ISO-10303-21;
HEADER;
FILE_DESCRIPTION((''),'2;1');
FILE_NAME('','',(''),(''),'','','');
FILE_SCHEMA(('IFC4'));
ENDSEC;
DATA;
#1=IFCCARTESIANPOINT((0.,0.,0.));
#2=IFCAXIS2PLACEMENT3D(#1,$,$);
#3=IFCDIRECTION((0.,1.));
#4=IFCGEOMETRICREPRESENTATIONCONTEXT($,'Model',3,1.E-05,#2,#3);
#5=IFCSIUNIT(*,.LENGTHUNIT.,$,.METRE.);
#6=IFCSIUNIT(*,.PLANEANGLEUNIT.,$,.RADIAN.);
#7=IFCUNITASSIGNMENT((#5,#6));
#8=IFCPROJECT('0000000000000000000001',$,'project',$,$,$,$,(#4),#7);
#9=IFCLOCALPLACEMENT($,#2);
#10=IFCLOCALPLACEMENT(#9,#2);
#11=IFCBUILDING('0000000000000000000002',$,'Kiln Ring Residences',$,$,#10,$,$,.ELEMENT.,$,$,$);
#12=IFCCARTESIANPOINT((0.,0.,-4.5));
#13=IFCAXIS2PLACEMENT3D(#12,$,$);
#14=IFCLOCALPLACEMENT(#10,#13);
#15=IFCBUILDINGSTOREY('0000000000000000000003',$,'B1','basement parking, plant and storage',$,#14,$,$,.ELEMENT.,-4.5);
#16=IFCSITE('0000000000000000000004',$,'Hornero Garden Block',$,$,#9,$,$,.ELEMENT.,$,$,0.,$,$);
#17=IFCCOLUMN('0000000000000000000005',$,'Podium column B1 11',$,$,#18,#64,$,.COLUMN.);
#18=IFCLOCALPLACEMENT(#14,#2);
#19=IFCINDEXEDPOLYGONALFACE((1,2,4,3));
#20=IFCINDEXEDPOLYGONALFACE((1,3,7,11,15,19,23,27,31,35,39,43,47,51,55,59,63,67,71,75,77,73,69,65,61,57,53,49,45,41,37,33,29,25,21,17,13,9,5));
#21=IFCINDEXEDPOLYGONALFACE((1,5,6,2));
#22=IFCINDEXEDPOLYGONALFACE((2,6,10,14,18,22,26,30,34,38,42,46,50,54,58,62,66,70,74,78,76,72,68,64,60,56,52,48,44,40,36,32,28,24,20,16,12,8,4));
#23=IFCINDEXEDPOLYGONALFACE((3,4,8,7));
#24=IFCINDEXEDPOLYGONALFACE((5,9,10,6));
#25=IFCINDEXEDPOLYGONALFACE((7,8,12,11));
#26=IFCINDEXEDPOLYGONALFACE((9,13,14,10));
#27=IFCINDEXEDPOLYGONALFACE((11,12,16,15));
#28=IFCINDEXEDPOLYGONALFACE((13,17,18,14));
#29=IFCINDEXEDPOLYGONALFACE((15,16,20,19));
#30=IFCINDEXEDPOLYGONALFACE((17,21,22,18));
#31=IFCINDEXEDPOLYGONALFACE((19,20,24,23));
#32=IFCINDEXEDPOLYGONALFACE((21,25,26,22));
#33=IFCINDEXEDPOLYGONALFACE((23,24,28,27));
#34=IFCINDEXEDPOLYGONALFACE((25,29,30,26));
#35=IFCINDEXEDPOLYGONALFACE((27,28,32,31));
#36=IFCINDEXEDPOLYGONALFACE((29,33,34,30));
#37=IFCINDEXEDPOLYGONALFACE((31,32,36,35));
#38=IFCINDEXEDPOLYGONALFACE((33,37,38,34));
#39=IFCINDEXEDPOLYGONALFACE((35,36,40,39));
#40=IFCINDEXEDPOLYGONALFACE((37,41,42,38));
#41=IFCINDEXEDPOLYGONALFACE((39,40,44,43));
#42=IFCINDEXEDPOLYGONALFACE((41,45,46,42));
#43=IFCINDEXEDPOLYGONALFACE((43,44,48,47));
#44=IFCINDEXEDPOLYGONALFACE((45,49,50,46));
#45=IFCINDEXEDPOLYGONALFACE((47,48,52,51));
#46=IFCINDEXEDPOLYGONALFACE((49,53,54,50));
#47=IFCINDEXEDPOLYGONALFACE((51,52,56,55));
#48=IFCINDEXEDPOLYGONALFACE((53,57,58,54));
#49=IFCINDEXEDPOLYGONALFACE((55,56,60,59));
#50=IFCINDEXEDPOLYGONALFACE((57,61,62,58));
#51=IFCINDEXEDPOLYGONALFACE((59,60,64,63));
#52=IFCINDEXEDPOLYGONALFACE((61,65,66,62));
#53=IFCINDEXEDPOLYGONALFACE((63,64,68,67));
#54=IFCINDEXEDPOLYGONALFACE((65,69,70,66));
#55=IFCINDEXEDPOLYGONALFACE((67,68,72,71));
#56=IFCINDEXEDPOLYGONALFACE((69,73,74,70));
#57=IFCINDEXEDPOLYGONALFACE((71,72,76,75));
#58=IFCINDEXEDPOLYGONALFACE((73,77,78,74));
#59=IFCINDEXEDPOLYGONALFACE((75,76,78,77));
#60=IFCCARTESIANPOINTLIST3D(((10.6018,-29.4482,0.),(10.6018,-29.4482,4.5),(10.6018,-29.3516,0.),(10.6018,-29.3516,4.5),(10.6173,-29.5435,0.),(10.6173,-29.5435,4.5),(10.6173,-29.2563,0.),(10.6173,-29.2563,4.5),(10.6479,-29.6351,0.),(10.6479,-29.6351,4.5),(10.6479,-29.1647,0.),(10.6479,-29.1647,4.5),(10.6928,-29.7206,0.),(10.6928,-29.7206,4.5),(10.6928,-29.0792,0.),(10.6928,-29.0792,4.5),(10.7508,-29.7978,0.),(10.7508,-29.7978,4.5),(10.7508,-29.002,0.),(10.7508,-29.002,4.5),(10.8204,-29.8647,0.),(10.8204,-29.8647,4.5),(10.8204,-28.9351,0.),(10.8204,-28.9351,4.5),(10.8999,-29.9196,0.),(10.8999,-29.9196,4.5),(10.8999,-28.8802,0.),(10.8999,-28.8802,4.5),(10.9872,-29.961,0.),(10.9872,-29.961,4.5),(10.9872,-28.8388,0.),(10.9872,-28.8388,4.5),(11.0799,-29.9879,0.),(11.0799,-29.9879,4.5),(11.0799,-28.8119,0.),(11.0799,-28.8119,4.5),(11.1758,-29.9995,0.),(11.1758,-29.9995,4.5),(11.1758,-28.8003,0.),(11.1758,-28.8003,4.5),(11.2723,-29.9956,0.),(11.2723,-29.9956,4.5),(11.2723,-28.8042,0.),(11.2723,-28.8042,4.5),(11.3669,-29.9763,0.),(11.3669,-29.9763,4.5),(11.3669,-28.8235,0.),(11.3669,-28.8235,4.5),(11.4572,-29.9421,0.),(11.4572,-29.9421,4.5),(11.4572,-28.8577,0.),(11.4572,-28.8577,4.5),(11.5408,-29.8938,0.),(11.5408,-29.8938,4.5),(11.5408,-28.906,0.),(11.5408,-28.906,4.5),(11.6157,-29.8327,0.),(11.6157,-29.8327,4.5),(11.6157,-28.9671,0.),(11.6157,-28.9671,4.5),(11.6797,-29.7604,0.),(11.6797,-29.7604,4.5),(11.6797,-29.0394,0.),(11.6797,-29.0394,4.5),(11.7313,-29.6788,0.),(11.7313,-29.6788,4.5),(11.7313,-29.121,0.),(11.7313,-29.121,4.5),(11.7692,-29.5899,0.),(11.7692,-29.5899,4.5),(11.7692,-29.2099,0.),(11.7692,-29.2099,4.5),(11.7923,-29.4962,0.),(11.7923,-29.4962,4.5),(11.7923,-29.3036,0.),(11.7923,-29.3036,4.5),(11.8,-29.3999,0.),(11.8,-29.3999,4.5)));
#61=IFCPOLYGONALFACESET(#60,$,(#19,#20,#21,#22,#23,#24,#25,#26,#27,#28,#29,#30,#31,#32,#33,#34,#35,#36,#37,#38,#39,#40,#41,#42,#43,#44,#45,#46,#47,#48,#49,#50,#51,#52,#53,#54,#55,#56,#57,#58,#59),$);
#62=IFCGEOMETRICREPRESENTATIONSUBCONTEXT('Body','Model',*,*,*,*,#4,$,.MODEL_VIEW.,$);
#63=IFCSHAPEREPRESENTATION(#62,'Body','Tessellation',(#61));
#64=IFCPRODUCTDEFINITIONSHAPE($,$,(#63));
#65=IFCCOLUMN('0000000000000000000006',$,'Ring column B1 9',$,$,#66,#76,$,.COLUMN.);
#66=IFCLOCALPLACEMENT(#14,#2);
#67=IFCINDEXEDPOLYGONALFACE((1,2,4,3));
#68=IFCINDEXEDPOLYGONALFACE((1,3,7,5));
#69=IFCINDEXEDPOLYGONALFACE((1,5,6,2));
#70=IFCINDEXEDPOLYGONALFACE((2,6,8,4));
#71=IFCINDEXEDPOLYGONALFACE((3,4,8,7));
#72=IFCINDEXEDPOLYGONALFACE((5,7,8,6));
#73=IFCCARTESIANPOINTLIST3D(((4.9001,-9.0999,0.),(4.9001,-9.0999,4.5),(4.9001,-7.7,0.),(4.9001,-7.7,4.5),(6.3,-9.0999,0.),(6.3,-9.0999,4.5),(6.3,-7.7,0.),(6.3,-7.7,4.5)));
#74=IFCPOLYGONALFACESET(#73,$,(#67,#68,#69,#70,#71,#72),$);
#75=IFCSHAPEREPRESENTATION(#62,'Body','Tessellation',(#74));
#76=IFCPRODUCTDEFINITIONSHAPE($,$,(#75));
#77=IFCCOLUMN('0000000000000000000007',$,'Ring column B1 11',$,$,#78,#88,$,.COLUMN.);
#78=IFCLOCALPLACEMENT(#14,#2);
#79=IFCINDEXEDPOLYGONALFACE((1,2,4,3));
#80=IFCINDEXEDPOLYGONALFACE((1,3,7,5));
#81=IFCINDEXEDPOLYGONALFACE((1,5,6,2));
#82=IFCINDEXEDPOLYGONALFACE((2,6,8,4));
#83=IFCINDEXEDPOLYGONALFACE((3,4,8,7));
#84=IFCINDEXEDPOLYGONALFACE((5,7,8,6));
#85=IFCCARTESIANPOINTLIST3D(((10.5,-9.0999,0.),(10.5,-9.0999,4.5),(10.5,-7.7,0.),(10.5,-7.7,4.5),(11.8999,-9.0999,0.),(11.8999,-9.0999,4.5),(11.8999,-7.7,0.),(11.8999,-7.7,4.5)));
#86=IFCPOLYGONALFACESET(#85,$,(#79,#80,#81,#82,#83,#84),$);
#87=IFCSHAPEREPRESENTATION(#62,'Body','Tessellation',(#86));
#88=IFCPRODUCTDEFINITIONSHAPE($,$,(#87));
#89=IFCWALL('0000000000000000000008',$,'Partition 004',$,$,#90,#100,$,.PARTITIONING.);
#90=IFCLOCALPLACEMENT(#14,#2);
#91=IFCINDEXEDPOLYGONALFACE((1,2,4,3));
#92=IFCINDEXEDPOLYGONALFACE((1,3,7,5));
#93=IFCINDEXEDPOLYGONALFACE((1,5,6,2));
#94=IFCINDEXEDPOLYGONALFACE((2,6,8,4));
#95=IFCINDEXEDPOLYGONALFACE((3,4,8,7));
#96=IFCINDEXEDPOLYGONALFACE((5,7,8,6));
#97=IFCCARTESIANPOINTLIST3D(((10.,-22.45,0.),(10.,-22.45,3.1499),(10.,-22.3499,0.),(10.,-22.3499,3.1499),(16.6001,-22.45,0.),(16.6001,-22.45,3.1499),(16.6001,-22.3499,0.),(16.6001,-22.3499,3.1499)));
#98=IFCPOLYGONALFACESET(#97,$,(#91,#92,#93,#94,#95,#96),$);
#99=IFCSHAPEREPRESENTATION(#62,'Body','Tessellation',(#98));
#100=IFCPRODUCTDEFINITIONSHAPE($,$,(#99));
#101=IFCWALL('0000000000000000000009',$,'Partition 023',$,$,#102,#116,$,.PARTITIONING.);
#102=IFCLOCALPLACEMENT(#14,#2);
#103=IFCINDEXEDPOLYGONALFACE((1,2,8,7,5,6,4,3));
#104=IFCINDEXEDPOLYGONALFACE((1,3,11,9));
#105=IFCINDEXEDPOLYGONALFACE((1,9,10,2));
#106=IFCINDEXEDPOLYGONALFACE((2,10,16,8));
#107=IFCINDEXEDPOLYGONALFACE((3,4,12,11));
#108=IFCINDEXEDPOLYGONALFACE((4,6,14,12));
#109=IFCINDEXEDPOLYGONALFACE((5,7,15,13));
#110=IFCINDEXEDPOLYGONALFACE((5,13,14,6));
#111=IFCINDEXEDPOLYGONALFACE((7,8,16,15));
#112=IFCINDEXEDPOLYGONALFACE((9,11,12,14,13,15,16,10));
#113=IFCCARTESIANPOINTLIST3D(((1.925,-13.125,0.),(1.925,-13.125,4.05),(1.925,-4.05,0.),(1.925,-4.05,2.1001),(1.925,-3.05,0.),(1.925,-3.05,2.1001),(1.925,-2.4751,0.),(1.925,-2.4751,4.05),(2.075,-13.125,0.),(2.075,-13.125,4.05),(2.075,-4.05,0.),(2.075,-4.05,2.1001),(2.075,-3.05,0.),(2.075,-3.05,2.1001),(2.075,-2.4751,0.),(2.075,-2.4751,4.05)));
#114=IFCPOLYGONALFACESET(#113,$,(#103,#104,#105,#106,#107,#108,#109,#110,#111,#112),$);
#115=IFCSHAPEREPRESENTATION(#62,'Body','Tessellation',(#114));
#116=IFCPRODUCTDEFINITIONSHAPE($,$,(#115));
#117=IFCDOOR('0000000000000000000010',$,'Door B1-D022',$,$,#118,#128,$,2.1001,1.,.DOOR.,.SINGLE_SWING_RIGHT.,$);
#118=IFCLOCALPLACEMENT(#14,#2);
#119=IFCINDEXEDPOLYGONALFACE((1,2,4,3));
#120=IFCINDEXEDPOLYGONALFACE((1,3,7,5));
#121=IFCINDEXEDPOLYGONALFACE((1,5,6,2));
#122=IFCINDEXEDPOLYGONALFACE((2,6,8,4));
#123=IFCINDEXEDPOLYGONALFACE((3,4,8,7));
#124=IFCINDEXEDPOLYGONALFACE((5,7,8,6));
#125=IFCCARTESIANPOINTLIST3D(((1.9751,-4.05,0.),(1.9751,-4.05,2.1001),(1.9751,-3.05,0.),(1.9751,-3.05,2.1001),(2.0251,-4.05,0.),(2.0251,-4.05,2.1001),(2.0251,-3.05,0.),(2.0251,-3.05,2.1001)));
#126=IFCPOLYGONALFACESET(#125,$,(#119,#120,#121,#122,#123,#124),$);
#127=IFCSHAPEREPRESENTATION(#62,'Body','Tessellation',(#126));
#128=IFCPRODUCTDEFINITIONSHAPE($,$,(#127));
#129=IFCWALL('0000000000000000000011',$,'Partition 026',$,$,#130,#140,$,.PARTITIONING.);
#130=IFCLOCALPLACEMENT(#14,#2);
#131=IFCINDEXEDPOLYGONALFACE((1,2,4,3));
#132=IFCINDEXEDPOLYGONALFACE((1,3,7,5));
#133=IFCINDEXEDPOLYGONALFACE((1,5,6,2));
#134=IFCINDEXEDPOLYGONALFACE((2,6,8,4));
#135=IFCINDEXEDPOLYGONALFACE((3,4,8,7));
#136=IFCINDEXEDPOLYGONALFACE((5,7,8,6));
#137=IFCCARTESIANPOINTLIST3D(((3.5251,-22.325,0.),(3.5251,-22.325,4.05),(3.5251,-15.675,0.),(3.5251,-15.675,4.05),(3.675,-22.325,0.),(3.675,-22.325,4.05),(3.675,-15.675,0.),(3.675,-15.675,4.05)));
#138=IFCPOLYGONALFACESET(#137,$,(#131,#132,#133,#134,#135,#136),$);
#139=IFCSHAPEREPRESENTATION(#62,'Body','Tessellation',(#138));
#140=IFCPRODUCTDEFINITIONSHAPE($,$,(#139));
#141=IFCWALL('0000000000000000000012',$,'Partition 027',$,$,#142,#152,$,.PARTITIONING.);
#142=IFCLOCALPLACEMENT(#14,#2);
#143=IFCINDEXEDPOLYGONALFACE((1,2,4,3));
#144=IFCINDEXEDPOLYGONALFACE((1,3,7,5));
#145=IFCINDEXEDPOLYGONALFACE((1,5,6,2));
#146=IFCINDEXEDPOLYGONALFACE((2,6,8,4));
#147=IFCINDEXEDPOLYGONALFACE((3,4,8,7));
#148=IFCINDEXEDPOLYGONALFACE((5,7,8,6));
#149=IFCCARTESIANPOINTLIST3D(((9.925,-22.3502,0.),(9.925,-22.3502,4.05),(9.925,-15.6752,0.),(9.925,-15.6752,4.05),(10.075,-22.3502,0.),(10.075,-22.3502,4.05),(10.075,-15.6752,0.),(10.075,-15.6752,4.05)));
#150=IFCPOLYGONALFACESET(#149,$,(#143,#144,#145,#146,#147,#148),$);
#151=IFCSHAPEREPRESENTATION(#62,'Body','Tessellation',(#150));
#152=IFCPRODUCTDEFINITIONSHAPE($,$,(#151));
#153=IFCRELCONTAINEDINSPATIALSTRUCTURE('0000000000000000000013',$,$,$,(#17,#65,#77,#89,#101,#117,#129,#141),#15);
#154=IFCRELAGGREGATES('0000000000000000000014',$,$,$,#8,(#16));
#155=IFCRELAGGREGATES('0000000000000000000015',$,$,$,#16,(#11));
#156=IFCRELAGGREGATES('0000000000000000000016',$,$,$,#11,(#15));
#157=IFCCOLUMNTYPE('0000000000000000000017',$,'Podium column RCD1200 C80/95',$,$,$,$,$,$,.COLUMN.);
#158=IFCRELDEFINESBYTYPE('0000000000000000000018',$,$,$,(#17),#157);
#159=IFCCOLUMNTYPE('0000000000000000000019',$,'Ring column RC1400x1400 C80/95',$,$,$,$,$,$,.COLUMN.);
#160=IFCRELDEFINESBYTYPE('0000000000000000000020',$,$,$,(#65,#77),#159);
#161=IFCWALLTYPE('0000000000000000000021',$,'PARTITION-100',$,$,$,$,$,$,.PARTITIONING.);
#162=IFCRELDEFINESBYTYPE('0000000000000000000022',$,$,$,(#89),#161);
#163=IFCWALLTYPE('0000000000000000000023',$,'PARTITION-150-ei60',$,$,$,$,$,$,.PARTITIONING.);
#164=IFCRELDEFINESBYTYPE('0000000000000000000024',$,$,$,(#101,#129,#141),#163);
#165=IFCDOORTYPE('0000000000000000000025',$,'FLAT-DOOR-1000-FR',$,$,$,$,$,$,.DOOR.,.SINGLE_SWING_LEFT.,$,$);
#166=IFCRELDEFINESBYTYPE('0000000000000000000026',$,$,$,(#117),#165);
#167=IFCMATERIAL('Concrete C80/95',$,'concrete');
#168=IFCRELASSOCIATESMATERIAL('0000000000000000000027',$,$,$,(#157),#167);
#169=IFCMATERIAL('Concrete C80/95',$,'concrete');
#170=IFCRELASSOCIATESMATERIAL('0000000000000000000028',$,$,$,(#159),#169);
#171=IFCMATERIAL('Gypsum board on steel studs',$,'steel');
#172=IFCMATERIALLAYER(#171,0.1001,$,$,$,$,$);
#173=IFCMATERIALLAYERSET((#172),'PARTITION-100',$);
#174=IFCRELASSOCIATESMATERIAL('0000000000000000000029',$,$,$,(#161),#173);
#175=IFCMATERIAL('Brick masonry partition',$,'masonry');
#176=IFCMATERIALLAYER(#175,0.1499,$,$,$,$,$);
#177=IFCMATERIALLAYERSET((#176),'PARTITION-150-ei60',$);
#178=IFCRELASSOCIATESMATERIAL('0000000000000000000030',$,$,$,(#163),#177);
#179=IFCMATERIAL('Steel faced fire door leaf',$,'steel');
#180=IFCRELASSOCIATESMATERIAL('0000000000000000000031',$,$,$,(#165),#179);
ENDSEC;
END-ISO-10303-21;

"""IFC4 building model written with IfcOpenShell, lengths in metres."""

from ifc_helpers import new_model, si_unit, direction, frame, frame_2d, origin, origin_2d, place, context, subcontext, project, spatial, rectangle, circle, extrude, material, layer, layer_set, material_profile, profile_set, type_object, element, fill, save


model = new_model("IFC4")

# Units and contexts
model_context = context("Model", 3, precision=1e-05, world=origin(), true_north=direction((0.0, 1.0)))
body_context = subcontext(model_context, "Body", "Model", "MODEL_VIEW")
ifc_project = project(units=[si_unit("LENGTHUNIT", "METRE"), si_unit("PLANEANGLEUNIT", "RADIAN")], contexts=[model_context])

# Site, building, storey
site_placement = place(None, origin())
site = spatial("IfcSite", under=ifc_project, at=site_placement, Name="Hornero Garden Block", CompositionType="ELEMENT", RefElevation=0.0)
building_placement = place(site_placement, origin())
building = spatial("IfcBuilding", under=site, at=building_placement, Name="Kiln Ring Residences", CompositionType="ELEMENT")
storey_placement = place(building_placement, frame((0.0, 0.0, -4.5)))
storey = spatial("IfcBuildingStorey", under=building, at=storey_placement, Name="B1", Description="basement parking, plant and storage", CompositionType="ELEMENT", Elevation=-4.5)

# Columns
ifc_material_1 = material(Name="Concrete C80/95", Category="concrete")
ifc_material_profile_1 = material_profile(ifc_material_1, circle(Radius=0.6001, at=origin_2d()), Name="RCD1200")
ifc_profile_set_1 = profile_set([ifc_material_profile_1], Name="Concrete C80/95")
column_type_1 = type_object("IfcColumnType", Name="Podium column RCD1200 C80/95", PredefinedType="COLUMN", material=ifc_profile_set_1)
for number, where, z_axis, x_axis, name in (
    (1, (11.2, -29.3999, 0.0), (0.0, 0.0, 1.0), (1.0, 0.0, 0.0), "Podium column B1 11"),
):
    element("IfcColumn", number, at=place(storey_placement, frame(where, z_axis=z_axis, x_axis=x_axis)), inside=storey, type_object=column_type_1, Name=name, PredefinedType="COLUMN", context=body_context, shape_type="SweptSolid", body=[
        extrude(circle(Radius=0.6001, at=origin_2d()), origin(), (0.0, 0.0, 1.0), 4.5),
    ])
ifc_material_2 = material(Name="Concrete C80/95", Category="concrete")
ifc_material_profile_2 = material_profile(ifc_material_2, rectangle(XDim=1.3999, YDim=1.3999, at=origin_2d()), Name="RC1400x1400")
ifc_profile_set_2 = profile_set([ifc_material_profile_2], Name="Concrete C80/95")
column_type_2 = type_object("IfcColumnType", Name="Ring column RC1400x1400 C80/95", PredefinedType="COLUMN", material=ifc_profile_set_2)
for number, where, z_axis, x_axis, name in (
    (2, (5.6001, -8.3999, 0.0), (0.0, 0.0, 1.0), (1.0, 0.0, 0.0), "Ring column B1 9"),
    (3, (11.2, -8.3999, 0.0), (0.0, 0.0, 1.0), (1.0, 0.0, 0.0), "Ring column B1 11"),
):
    element("IfcColumn", number, at=place(storey_placement, frame(where, z_axis=z_axis, x_axis=x_axis)), inside=storey, type_object=column_type_2, Name=name, PredefinedType="COLUMN", context=body_context, shape_type="SweptSolid", body=[
        extrude(rectangle(XDim=1.3999, YDim=1.3999, at=origin_2d()), origin(), (0.0, 0.0, 1.0), 4.5),
    ])

# Wall
ifc_material_3 = material(Name="Gypsum board on steel studs", Category="steel")
ifc_layer_1 = layer(ifc_material_3, 0.1001)
ifc_layer_set_1 = layer_set([ifc_layer_1], Name="PARTITION-100")
wall_type_1 = type_object("IfcWallType", Name="PARTITION-100", PredefinedType="PARTITIONING", material=ifc_layer_set_1)
wall_1_placement = place(storey_placement, frame((10.0, -22.3999, 0.0), z_axis=(0.0, 0.0, 1.0), x_axis=(1.0, 0.0, 0.0)))
element("IfcWall", 4, at=wall_1_placement, inside=storey, type_object=wall_type_1, Name="Partition 004", PredefinedType="PARTITIONING", context=body_context, shape_type="SweptSolid", body=[
    extrude(rectangle(XDim=6.6001, YDim=0.1001, at=frame_2d((3.3, 0.0))), origin(), (0.0, 0.0, 1.0), 3.1499),
])

# Wall, opening, door
ifc_material_4 = material(Name="Brick masonry partition", Category="masonry")
ifc_layer_2 = layer(ifc_material_4, 0.1499)
ifc_layer_set_2 = layer_set([ifc_layer_2], Name="PARTITION-150-ei60")
wall_type_2 = type_object("IfcWallType", Name="PARTITION-150-ei60", PredefinedType="PARTITIONING", material=ifc_layer_set_2)
wall_2_placement = place(storey_placement, frame((2.0, -13.125, 0.0), z_axis=(0.0, 0.0, 1.0), x_axis=(0.0, 1.0, 0.0)))
wall_2 = element("IfcWall", 5, at=wall_2_placement, inside=storey, type_object=wall_type_2, Name="Partition 023", PredefinedType="PARTITIONING", context=body_context, shape_type="SweptSolid", body=[
    extrude(rectangle(XDim=10.6499, YDim=0.1499, at=frame_2d((5.325, 0.0))), origin(), (0.0, 0.0, 1.0), 4.05),
])
opening_placement = place(wall_2_placement, frame((9.075, 0.0, 0.0)))
opening = element("IfcOpeningElement", 6, at=opening_placement, cuts=wall_2, PredefinedType="OPENING", context=body_context, shape_type="SweptSolid", body=[
    extrude(rectangle(XDim=1.0, YDim=2.1001, at=frame_2d((0.5, 1.05))), frame((0.0, 0.085, 0.0), z_axis=(0.0, -1.0, 0.0), x_axis=(1.0, 0.0, 0.0)), (0.0, 0.0, 1.0), 0.1699),
])
ifc_material_5 = material(Name="Steel faced fire door leaf", Category="steel")
door_type = type_object("IfcDoorType", Name="FLAT-DOOR-1000-FR", OperationType="SINGLE_SWING_LEFT", PredefinedType="DOOR", material=ifc_material_5)
door_placement = place(opening_placement, origin())
door = element("IfcDoor", 7, at=door_placement, inside=storey, type_object=door_type, Name="Door B1-D022", OperationType="SINGLE_SWING_RIGHT", OverallHeight=2.1001, OverallWidth=1.0, PredefinedType="DOOR", context=body_context, shape_type="SweptSolid", body=[
    extrude(rectangle(XDim=1.0, YDim=2.1001, at=frame_2d((0.5, 1.05))), frame((0.0, 0.0249, 0.0), z_axis=(0.0, -1.0, 0.0), x_axis=(1.0, 0.0, 0.0)), (0.0, 0.0, 1.0), 0.05),
])
fill(opening, door)

# Walls
wall_3_placement = place(storey_placement, frame((3.6001, -22.325, 0.0), z_axis=(0.0, 0.0, 1.0), x_axis=(0.0, 1.0, 0.0)))
element("IfcWall", 8, at=wall_3_placement, inside=storey, type_object=wall_type_2, Name="Partition 026", PredefinedType="PARTITIONING", context=body_context, shape_type="SweptSolid", body=[
    extrude(rectangle(XDim=6.6499, YDim=0.1499, at=frame_2d((3.325, 0.0))), origin(), (0.0, 0.0, 1.0), 4.05),
])
wall_4_placement = place(storey_placement, frame((10.0, -22.3501, 0.0), z_axis=(0.0, 0.0, 1.0), x_axis=(0.0, 1.0, 0.0)))
element("IfcWall", 9, at=wall_4_placement, inside=storey, type_object=wall_type_2, Name="Partition 027", PredefinedType="PARTITIONING", context=body_context, shape_type="SweptSolid", body=[
    extrude(rectangle(XDim=6.675, YDim=0.1499, at=frame_2d((3.3374, 0.0))), origin(), (0.0, 0.0, 1.0), 4.05),
])

save(model, "model.ifc")
